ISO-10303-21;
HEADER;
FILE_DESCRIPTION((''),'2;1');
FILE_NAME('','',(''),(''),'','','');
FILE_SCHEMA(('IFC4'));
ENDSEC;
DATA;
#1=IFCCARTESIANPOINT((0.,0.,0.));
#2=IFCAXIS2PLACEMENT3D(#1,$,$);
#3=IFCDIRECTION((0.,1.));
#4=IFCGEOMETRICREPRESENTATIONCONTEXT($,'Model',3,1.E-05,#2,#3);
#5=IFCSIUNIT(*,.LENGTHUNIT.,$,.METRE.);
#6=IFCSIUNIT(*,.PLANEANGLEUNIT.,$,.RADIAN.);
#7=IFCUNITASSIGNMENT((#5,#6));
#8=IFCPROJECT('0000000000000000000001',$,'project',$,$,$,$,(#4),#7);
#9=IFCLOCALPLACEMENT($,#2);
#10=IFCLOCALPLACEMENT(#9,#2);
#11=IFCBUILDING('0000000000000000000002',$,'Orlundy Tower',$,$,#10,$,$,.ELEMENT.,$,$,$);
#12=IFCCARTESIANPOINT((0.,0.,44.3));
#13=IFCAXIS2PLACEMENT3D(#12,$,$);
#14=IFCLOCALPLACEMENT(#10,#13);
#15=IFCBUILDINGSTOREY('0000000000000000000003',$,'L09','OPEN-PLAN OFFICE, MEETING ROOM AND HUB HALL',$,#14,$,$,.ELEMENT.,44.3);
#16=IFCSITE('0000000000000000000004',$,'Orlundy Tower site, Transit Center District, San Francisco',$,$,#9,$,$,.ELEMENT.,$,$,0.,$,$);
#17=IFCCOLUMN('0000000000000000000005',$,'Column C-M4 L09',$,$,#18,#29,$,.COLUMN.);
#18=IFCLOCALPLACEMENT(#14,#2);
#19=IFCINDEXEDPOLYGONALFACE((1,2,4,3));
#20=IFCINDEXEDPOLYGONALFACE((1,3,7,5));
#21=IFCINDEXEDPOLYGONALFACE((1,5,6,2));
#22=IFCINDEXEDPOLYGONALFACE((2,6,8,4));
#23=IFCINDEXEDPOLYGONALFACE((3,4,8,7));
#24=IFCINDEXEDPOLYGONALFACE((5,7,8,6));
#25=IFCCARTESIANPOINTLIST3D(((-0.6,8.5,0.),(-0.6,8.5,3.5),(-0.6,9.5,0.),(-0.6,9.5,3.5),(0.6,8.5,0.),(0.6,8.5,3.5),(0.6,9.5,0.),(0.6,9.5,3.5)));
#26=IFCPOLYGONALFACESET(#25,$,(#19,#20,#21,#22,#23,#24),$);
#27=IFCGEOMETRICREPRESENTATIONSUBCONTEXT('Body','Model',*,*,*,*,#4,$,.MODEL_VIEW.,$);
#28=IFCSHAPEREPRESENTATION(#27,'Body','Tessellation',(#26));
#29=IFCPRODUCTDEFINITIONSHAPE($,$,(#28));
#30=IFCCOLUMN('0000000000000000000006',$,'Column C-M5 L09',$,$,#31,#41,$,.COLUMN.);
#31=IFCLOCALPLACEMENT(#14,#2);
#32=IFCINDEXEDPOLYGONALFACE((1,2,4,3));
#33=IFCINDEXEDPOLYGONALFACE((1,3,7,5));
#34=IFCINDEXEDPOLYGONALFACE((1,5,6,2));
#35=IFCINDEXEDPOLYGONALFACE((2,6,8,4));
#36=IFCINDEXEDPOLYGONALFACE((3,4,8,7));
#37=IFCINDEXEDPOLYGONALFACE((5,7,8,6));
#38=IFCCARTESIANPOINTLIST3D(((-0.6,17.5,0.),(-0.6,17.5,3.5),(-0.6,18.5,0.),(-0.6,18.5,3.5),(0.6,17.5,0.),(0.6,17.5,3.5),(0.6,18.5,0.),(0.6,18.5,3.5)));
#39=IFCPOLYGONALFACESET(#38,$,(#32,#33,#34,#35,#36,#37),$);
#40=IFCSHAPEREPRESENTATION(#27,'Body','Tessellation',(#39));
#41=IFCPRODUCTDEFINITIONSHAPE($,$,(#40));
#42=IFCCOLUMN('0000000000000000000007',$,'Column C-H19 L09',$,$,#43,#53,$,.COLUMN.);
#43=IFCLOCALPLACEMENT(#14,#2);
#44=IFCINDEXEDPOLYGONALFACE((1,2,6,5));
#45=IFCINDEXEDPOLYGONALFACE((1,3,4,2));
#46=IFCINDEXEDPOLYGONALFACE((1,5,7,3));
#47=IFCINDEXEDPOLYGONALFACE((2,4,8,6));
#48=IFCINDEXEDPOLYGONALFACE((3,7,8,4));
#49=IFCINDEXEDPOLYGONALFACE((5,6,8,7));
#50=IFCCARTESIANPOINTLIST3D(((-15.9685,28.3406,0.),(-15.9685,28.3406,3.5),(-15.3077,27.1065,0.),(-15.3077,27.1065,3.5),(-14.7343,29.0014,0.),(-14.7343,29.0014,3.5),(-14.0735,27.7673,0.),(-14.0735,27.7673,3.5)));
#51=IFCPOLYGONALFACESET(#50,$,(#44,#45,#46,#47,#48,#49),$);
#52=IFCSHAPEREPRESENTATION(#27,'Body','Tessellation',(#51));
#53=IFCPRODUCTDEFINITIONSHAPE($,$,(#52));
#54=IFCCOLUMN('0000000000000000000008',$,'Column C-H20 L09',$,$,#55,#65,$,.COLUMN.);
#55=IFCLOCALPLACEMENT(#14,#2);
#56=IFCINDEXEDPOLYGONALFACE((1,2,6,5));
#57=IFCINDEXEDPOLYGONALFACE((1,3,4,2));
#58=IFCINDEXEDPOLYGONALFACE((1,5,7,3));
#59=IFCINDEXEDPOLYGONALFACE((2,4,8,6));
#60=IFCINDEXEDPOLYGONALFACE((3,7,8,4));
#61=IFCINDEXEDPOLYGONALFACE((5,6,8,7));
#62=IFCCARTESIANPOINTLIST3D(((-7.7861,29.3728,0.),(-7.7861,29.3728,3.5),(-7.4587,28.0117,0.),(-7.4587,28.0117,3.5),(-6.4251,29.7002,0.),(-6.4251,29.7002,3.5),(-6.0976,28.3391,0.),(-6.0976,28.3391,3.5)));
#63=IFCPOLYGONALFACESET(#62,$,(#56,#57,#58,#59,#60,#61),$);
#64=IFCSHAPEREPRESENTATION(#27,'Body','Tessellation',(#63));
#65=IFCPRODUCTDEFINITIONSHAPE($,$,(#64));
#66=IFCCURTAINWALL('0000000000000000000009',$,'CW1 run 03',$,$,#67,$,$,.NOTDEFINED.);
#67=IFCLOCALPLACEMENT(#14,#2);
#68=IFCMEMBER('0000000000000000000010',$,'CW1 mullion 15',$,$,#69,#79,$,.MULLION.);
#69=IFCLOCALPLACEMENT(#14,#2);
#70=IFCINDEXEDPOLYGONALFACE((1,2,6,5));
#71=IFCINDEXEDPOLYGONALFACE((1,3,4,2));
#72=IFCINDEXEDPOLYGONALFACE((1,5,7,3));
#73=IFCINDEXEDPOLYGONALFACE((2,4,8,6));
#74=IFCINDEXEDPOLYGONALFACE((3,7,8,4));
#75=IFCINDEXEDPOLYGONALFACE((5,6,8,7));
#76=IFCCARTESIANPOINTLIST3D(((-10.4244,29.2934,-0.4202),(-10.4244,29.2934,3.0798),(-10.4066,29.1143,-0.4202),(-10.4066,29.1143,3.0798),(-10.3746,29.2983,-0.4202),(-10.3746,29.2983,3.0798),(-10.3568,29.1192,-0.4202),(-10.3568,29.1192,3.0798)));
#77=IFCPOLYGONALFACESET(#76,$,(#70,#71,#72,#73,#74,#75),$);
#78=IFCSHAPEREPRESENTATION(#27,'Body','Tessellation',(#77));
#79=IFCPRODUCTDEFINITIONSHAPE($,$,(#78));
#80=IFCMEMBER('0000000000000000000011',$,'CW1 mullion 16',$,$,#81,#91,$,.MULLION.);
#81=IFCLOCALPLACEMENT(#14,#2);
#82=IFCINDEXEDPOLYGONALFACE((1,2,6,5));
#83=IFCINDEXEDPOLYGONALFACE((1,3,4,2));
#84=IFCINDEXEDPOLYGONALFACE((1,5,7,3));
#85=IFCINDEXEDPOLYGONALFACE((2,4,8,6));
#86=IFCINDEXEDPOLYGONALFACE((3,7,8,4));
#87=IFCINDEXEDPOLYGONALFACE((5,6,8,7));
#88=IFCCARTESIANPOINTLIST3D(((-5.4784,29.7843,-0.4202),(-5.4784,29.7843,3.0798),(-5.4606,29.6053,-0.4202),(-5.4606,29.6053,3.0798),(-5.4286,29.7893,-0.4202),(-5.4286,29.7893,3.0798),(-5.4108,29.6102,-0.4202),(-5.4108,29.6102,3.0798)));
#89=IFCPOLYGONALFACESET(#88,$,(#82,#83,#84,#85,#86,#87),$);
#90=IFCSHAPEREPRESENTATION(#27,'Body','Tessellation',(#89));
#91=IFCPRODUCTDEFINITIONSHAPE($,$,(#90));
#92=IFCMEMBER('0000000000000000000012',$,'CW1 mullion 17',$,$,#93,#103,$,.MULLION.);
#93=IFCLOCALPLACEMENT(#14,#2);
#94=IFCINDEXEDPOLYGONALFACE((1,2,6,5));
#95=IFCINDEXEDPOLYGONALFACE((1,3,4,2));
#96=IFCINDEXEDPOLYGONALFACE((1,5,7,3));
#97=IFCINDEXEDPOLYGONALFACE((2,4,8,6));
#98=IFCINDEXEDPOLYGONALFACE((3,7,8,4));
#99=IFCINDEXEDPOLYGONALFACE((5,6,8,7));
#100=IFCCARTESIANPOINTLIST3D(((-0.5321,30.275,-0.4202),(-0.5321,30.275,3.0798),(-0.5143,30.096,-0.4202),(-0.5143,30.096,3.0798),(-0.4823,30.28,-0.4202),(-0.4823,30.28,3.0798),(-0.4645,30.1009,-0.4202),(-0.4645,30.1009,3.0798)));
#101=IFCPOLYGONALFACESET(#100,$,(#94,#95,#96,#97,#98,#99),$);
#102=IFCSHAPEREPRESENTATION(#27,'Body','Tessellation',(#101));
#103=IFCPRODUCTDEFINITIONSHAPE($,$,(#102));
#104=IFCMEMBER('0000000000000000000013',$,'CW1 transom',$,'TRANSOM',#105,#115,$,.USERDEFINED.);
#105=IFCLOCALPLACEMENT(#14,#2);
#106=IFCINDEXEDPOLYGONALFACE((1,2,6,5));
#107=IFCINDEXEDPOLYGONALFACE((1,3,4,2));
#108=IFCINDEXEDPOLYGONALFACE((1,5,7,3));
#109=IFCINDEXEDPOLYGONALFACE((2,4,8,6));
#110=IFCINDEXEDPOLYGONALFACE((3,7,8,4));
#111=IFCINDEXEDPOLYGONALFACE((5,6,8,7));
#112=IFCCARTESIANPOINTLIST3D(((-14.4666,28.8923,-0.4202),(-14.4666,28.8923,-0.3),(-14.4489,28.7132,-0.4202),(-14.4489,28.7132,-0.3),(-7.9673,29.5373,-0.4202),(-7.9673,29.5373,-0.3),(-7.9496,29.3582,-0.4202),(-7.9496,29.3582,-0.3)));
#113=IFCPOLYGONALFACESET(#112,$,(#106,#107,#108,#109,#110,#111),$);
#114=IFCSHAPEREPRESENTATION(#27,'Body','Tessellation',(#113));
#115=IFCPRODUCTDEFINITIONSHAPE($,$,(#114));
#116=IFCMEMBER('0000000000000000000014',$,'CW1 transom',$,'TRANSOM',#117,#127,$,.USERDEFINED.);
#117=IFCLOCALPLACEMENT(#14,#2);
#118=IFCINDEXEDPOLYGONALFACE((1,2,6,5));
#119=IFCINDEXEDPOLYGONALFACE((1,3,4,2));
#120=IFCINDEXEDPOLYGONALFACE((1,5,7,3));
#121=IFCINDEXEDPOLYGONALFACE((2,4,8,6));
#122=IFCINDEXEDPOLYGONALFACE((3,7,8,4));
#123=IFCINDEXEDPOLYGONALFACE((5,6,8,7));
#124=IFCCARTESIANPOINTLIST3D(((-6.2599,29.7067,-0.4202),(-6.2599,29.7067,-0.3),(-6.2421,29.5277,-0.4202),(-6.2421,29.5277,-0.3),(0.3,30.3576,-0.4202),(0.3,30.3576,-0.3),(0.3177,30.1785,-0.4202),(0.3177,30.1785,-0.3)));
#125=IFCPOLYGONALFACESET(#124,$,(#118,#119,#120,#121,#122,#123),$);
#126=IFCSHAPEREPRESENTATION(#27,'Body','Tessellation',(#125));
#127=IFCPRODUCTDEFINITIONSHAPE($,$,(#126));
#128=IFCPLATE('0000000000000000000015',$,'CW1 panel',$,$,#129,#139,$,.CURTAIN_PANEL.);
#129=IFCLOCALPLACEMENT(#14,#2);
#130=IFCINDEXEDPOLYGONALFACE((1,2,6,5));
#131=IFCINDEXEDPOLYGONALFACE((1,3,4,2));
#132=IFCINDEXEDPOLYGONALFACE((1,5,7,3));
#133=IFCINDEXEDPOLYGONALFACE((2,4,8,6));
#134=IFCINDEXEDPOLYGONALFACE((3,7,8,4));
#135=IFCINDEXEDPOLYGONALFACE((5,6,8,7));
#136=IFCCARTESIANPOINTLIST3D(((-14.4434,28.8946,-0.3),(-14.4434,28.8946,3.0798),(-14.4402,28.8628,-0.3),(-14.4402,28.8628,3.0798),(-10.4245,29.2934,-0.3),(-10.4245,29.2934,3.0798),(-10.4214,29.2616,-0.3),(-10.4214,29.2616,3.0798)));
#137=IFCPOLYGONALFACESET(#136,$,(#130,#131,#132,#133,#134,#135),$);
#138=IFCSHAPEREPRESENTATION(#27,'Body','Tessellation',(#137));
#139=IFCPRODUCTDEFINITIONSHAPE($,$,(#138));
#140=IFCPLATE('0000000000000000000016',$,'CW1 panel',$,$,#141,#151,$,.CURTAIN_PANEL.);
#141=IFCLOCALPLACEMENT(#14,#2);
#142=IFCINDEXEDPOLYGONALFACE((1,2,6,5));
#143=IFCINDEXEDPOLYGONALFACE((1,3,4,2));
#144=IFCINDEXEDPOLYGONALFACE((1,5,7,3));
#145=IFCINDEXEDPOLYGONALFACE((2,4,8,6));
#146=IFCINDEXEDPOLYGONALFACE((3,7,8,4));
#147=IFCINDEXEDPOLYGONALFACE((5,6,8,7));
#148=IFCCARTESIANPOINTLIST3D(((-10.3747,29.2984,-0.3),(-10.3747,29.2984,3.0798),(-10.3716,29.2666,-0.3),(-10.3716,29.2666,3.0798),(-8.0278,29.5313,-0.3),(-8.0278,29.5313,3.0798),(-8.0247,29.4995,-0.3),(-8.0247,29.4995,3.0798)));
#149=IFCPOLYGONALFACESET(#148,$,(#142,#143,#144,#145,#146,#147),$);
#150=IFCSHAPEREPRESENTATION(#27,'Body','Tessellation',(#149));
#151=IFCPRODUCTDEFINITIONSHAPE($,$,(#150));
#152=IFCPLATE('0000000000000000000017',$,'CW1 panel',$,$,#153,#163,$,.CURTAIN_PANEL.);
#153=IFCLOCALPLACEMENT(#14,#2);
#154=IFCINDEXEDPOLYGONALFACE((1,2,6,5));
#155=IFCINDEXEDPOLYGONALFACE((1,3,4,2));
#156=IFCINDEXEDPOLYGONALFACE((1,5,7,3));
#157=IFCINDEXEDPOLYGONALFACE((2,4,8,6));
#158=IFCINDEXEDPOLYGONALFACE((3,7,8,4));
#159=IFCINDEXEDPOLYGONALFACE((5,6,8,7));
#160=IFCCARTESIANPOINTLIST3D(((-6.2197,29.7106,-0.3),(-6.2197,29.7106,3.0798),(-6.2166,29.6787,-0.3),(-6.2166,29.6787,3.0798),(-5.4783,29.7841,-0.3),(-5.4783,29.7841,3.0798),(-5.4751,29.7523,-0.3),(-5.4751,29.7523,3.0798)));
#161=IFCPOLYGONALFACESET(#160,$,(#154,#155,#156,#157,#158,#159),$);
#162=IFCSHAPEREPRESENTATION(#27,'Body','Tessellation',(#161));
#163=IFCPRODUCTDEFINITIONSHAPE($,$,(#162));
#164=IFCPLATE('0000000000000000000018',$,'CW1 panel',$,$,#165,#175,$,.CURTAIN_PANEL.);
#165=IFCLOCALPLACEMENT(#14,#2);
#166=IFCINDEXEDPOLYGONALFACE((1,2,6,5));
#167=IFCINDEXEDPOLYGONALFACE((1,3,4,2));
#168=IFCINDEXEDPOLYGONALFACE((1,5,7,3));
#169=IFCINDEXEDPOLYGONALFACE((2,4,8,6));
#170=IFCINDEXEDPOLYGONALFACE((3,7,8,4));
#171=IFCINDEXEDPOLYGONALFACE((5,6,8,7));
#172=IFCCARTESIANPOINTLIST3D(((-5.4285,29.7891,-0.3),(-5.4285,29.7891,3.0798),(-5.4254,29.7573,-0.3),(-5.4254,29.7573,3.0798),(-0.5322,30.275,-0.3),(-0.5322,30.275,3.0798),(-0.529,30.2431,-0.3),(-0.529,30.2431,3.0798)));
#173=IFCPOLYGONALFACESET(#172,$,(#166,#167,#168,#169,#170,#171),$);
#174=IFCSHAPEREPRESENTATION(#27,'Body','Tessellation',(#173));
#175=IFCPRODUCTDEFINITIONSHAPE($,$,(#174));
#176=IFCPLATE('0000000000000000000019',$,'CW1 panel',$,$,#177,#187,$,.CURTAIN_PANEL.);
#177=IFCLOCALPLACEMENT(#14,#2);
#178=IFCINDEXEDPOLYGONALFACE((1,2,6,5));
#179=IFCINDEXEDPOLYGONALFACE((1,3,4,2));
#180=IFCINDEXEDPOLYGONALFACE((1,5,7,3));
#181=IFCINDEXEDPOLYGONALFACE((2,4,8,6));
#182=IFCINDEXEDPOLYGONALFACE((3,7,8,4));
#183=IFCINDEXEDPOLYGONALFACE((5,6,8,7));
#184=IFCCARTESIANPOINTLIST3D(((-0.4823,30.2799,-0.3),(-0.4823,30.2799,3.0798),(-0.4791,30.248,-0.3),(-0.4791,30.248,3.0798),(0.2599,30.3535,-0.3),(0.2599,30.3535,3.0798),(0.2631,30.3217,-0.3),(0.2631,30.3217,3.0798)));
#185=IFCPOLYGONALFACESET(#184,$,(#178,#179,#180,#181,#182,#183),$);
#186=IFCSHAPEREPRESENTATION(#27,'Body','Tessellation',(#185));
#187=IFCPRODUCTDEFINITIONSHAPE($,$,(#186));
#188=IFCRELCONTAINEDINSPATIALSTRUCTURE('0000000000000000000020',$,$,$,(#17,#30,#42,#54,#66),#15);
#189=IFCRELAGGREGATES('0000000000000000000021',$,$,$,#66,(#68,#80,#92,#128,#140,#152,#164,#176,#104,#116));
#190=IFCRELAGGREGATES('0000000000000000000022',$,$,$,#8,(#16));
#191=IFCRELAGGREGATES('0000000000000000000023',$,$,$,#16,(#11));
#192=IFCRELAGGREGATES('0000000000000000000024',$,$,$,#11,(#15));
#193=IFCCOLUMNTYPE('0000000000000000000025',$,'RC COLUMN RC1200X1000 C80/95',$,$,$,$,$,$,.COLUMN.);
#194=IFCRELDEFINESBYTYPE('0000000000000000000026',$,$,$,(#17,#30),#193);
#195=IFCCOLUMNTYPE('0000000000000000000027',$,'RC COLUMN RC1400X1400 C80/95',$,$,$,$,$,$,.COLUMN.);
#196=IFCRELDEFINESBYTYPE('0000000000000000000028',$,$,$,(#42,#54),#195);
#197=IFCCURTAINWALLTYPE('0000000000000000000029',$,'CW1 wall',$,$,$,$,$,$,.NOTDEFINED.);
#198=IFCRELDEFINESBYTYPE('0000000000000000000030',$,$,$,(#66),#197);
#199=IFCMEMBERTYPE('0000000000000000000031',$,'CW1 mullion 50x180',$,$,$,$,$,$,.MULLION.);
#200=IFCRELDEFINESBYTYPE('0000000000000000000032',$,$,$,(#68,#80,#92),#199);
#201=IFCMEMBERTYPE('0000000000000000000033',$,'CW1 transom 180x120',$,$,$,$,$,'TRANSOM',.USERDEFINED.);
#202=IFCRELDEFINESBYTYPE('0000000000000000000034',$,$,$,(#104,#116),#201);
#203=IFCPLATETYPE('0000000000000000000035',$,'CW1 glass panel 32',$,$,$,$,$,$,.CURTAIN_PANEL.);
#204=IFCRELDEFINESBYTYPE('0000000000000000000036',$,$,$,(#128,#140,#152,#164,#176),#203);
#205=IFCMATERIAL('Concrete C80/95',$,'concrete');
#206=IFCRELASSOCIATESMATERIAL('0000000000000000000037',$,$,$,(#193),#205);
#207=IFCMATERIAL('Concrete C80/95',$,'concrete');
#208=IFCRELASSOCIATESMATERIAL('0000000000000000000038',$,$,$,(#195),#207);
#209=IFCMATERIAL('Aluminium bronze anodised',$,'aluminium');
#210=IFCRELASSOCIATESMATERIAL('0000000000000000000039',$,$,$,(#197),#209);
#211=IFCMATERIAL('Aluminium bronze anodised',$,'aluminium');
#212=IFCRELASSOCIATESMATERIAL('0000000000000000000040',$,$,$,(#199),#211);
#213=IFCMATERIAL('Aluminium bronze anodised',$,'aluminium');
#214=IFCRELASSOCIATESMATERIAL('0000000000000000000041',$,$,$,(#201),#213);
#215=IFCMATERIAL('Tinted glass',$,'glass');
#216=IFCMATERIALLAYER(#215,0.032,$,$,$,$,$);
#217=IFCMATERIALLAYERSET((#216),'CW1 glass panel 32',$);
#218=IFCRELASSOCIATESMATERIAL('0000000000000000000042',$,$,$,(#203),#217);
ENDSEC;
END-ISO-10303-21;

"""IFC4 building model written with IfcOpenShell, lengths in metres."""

from ifc_helpers import new_model, si_unit, direction, frame, origin, origin_2d, place, context, subcontext, project, spatial, rectangle, extrude, material, layer, layer_set, material_profile, profile_set, type_object, element, aggregate, save


model = new_model("IFC4")

# Units and contexts
model_context = context("Model", 3, precision=1e-05, world=origin(), true_north=direction((0.0, 1.0)))
body_context = subcontext(model_context, "Body", "Model", "MODEL_VIEW")
ifc_project = project(units=[si_unit("LENGTHUNIT", "METRE"), si_unit("PLANEANGLEUNIT", "RADIAN")], contexts=[model_context])

# Site, building, storey
site_placement = place(None, origin())
site = spatial("IfcSite", under=ifc_project, at=site_placement, Name="Orlundy Tower site, Transit Center District, San Francisco", CompositionType="ELEMENT", RefElevation=0.0)
building_placement = place(site_placement, origin())
building = spatial("IfcBuilding", under=site, at=building_placement, Name="Orlundy Tower", CompositionType="ELEMENT")
storey_placement = place(building_placement, frame((0.0, 0.0, 44.3)))
storey = spatial("IfcBuildingStorey", under=building, at=storey_placement, Name="L09", Description="OPEN-PLAN OFFICE, MEETING ROOM AND HUB HALL", CompositionType="ELEMENT", Elevation=44.3)

# Columns
ifc_material_1 = material(Name="Concrete C80/95", Category="concrete")
ifc_material_profile_1 = material_profile(ifc_material_1, rectangle(XDim=1.2, YDim=1.0, at=origin_2d()), Name="RC1200X1000")
ifc_profile_set_1 = profile_set([ifc_material_profile_1], Name="Concrete C80/95")
column_type_1 = type_object("IfcColumnType", Name="RC COLUMN RC1200X1000 C80/95", PredefinedType="COLUMN", material=ifc_profile_set_1)
for number, where, z_axis, x_axis, name in (
    (1, (0.0, 9.0, 0.0), (0.0, 0.0, 1.0), (1.0, 0.0, 0.0), "Column C-M4 L09"),
    (2, (0.0, 18.0, 0.0), (0.0, 0.0, 1.0), (1.0, 0.0, 0.0), "Column C-M5 L09"),
):
    element("IfcColumn", number, at=place(storey_placement, frame(where, z_axis=z_axis, x_axis=x_axis)), inside=storey, type_object=column_type_1, Name=name, PredefinedType="COLUMN", context=body_context, shape_type="SweptSolid", body=[
        extrude(rectangle(XDim=1.2, YDim=1.0, at=origin_2d()), origin(), (0.0, 0.0, 1.0), 3.5),
    ])
ifc_material_2 = material(Name="Concrete C80/95", Category="concrete")
ifc_material_profile_2 = material_profile(ifc_material_2, rectangle(XDim=1.3999, YDim=1.3999, at=origin_2d()), Name="RC1400X1400")
ifc_profile_set_2 = profile_set([ifc_material_profile_2], Name="Concrete C80/95")
column_type_2 = type_object("IfcColumnType", Name="RC COLUMN RC1400X1400 C80/95", PredefinedType="COLUMN", material=ifc_profile_set_2)
for number, where, z_axis, x_axis, name in (
    (3, (-15.021, 28.054, 0.0), (0.0, 0.0, 1.0), (-0.472028, 0.881584, 0.0), "Column C-H19 L09"),
    (4, (-6.9419, 28.856, 0.0), (0.0, 0.0, 1.0), (-0.233904, 0.97226, 0.0), "Column C-H20 L09"),
):
    element("IfcColumn", number, at=place(storey_placement, frame(where, z_axis=z_axis, x_axis=x_axis)), inside=storey, type_object=column_type_2, Name=name, PredefinedType="COLUMN", context=body_context, shape_type="SweptSolid", body=[
        extrude(rectangle(XDim=1.3999, YDim=1.3999, at=origin_2d()), origin(), (0.0, 0.0, 1.0), 3.5),
    ])

# Curtain wall, members, plates
ifc_material_3 = material(Name="Aluminium bronze anodised", Category="aluminium")
curtain_wall_type = type_object("IfcCurtainWallType", Name="CW1 wall", PredefinedType="NOTDEFINED", material=ifc_material_3)
curtain_wall_placement = place(storey_placement, origin())
curtain_wall = element("IfcCurtainWall", 5, at=curtain_wall_placement, inside=storey, type_object=curtain_wall_type, Name="CW1 run 03", PredefinedType="NOTDEFINED")
ifc_material_4 = material(Name="Aluminium bronze anodised", Category="aluminium")
ifc_material_profile_3 = material_profile(ifc_material_4, rectangle(XDim=0.1799, YDim=0.05, at=origin_2d()), Name="CW1 mullion 50x180")
ifc_profile_set_3 = profile_set([ifc_material_profile_3], Name="Aluminium bronze anodised")
member_type_1 = type_object("IfcMemberType", Name="CW1 mullion 50x180", PredefinedType="MULLION", material=ifc_profile_set_3)
member_1_placement = place(storey_placement, frame((-10.3906, 29.2063, -0.4202), z_axis=(0.0, 0.0, 1.0), x_axis=(-0.098743, 0.995113, 0.0)))
member_1 = element("IfcMember", 6, at=member_1_placement, type_object=member_type_1, Name="CW1 mullion 15", PredefinedType="MULLION", context=body_context, shape_type="SweptSolid", body=[
    extrude(rectangle(XDim=0.1799, YDim=0.05, at=origin_2d()), origin(), (0.0, 0.0, 1.0), 3.5),
])
member_2_placement = place(storey_placement, frame((-5.4446, 29.6973, -0.4202), z_axis=(0.0, 0.0, 1.0), x_axis=(-0.098743, 0.995113, 0.0)))
member_2 = element("IfcMember", 7, at=member_2_placement, type_object=member_type_1, Name="CW1 mullion 16", PredefinedType="MULLION", context=body_context, shape_type="SweptSolid", body=[
    extrude(rectangle(XDim=0.1799, YDim=0.05, at=origin_2d()), origin(), (0.0, 0.0, 1.0), 3.5),
])
member_3_placement = place(storey_placement, frame((-0.4983, 30.188, -0.4202), z_axis=(0.0, 0.0, 1.0), x_axis=(-0.098743, 0.995113, 0.0)))
member_3 = element("IfcMember", 8, at=member_3_placement, type_object=member_type_1, Name="CW1 mullion 17", PredefinedType="MULLION", context=body_context, shape_type="SweptSolid", body=[
    extrude(rectangle(XDim=0.1799, YDim=0.05, at=origin_2d()), origin(), (0.0, 0.0, 1.0), 3.5),
])
ifc_material_5 = material(Name="Aluminium bronze anodised", Category="aluminium")
ifc_material_profile_4 = material_profile(ifc_material_5, rectangle(XDim=0.1799, YDim=0.1201, at=origin_2d()), Name="CW1 transom 180x120")
ifc_profile_set_4 = profile_set([ifc_material_profile_4], Name="Aluminium bronze anodised")
member_type_2 = type_object("IfcMemberType", Name="CW1 transom 180x120", ElementType="TRANSOM", PredefinedType="USERDEFINED", material=ifc_profile_set_4)
member_4_placement = place(storey_placement, frame((-14.4578, 28.8027, -0.3601), z_axis=(0.995111, 0.09876, 0.0), x_axis=(-0.09876, 0.995111, 0.0)))
member_4 = element("IfcMember", 9, at=member_4_placement, type_object=member_type_2, Name="CW1 transom", ObjectType="TRANSOM", PredefinedType="USERDEFINED", context=body_context, shape_type="SweptSolid", body=[
    extrude(rectangle(XDim=0.1799, YDim=0.1201, at=origin_2d()), origin(), (0.0, 0.0, 1.0), 6.5312),
])
member_5_placement = place(storey_placement, frame((-6.251, 29.6172, -0.3601), z_axis=(0.995114, 0.098737, 0.0), x_axis=(-0.098737, 0.995114, 0.0)))
member_5 = element("IfcMember", 10, at=member_5_placement, type_object=member_type_2, Name="CW1 transom", ObjectType="TRANSOM", PredefinedType="USERDEFINED", context=body_context, shape_type="SweptSolid", body=[
    extrude(rectangle(XDim=0.1799, YDim=0.1201, at=origin_2d()), origin(), (0.0, 0.0, 1.0), 6.592),
])
ifc_material_6 = material(Name="Tinted glass", Category="glass")
ifc_layer_1 = layer(ifc_material_6, 0.032)
ifc_layer_set_1 = layer_set([ifc_layer_1], Name="CW1 glass panel 32")
plate_type = type_object("IfcPlateType", Name="CW1 glass panel 32", PredefinedType="CURTAIN_PANEL", material=ifc_layer_set_1)
plate_1_placement = place(storey_placement, frame((-12.4324, 29.0781, -0.3), z_axis=(0.0, 0.0, 1.0), x_axis=(0.995113, 0.098743, 0.0)))
plate_1 = element("IfcPlate", 11, at=plate_1_placement, type_object=plate_type, Name="CW1 panel", PredefinedType="CURTAIN_PANEL", context=body_context, shape_type="SweptSolid", body=[
    extrude(rectangle(XDim=4.0386, YDim=0.032, at=origin_2d()), origin(), (0.0, 0.0, 1.0), 3.3799),
])
plate_2_placement = place(storey_placement, frame((-9.1997, 29.3989, -0.3), z_axis=(0.0, 0.0, 1.0), x_axis=(0.995113, 0.098743, 0.0)))
plate_2 = element("IfcPlate", 12, at=plate_2_placement, type_object=plate_type, Name="CW1 panel", PredefinedType="CURTAIN_PANEL", context=body_context, shape_type="SweptSolid", body=[
    extrude(rectangle(XDim=2.3584, YDim=0.032, at=origin_2d()), origin(), (0.0, 0.0, 1.0), 3.3799),
])
plate_3_placement = place(storey_placement, frame((-5.8474, 29.7314, -0.3), z_axis=(0.0, 0.0, 1.0), x_axis=(0.995113, 0.098743, 0.0)))
plate_3 = element("IfcPlate", 13, at=plate_3_placement, type_object=plate_type, Name="CW1 panel", PredefinedType="CURTAIN_PANEL", context=body_context, shape_type="SweptSolid", body=[
    extrude(rectangle(XDim=0.7451, YDim=0.032, at=origin_2d()), origin(), (0.0, 0.0, 1.0), 3.3799),
])
plate_4_placement = place(storey_placement, frame((-2.9788, 30.0161, -0.3), z_axis=(0.0, 0.0, 1.0), x_axis=(0.995113, 0.098743, 0.0)))
plate_4 = element("IfcPlate", 14, at=plate_4_placement, type_object=plate_type, Name="CW1 panel", PredefinedType="CURTAIN_PANEL", context=body_context, shape_type="SweptSolid", body=[
    extrude(rectangle(XDim=4.9204, YDim=0.032, at=origin_2d()), origin(), (0.0, 0.0, 1.0), 3.3799),
])
plate_5_placement = place(storey_placement, frame((-0.1096, 30.3008, -0.3), z_axis=(0.0, 0.0, 1.0), x_axis=(0.995113, 0.098743, 0.0)))
plate_5 = element("IfcPlate", 15, at=plate_5_placement, type_object=plate_type, Name="CW1 panel", PredefinedType="CURTAIN_PANEL", context=body_context, shape_type="SweptSolid", body=[
    extrude(rectangle(XDim=0.7458, YDim=0.032, at=origin_2d()), origin(), (0.0, 0.0, 1.0), 3.3799),
])
aggregate(curtain_wall, [member_1, member_2, member_3, plate_1, plate_2, plate_3, plate_4, plate_5, member_4, member_5])

save(model, "model.ifc")
